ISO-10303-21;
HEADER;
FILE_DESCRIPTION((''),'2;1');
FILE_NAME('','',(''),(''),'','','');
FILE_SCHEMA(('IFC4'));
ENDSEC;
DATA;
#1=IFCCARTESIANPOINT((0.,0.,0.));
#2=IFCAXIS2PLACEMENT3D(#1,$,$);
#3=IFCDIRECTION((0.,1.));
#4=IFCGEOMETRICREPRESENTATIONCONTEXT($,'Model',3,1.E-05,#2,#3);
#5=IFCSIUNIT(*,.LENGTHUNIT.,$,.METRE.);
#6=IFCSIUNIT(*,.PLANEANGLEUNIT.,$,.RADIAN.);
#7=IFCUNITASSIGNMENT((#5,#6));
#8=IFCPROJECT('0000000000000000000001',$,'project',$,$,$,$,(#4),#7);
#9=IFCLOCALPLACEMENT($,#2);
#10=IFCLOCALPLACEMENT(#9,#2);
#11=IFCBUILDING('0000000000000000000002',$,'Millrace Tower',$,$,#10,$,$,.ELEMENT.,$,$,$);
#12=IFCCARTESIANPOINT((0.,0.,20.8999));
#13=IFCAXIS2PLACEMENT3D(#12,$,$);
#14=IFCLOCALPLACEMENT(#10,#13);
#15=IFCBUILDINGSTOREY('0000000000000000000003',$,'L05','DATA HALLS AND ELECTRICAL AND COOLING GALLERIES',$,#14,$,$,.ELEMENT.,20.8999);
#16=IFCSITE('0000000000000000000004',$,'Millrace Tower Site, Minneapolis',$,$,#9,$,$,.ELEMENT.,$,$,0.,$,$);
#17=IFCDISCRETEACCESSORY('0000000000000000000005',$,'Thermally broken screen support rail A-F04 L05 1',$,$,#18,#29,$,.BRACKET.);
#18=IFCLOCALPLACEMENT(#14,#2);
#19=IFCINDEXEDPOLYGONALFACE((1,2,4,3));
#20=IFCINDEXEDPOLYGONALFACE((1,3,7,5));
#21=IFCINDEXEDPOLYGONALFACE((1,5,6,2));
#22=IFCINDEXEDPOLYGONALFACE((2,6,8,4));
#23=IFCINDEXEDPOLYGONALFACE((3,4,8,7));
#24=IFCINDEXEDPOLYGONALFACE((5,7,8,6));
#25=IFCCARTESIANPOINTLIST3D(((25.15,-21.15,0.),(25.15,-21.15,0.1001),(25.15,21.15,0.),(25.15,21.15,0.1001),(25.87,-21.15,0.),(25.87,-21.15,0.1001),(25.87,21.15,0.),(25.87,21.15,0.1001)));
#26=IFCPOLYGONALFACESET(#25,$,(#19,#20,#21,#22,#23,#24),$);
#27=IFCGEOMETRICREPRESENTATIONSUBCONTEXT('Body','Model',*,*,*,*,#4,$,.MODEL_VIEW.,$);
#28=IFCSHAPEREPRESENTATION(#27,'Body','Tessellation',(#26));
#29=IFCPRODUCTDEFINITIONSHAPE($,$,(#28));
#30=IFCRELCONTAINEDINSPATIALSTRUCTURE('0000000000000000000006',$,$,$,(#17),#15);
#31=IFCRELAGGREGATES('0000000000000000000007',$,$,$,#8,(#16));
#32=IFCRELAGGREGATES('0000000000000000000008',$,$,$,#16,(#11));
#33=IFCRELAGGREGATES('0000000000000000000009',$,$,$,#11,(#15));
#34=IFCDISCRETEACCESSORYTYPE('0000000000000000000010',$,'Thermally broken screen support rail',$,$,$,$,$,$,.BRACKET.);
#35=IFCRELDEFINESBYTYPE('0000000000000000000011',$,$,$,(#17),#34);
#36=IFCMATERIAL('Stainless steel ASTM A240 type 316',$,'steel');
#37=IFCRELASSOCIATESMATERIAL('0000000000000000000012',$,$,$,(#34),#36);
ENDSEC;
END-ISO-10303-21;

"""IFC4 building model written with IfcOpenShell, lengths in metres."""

from ifc_helpers import new_model, si_unit, direction, frame, origin, origin_2d, place, context, subcontext, project, spatial, rectangle, extrude, material, type_object, element, save


model = new_model("IFC4")

# Units and contexts
model_context = context("Model", 3, precision=1e-05, world=origin(), true_north=direction((0.0, 1.0)))
body_context = subcontext(model_context, "Body", "Model", "MODEL_VIEW")
ifc_project = project(units=[si_unit("LENGTHUNIT", "METRE"), si_unit("PLANEANGLEUNIT", "RADIAN")], contexts=[model_context])

# Site, building, storey
site_placement = place(None, origin())
site = spatial("IfcSite", under=ifc_project, at=site_placement, Name="Millrace Tower Site, Minneapolis", CompositionType="ELEMENT", RefElevation=0.0)
building_placement = place(site_placement, origin())
building = spatial("IfcBuilding", under=site, at=building_placement, Name="Millrace Tower", CompositionType="ELEMENT")
storey_placement = place(building_placement, frame((0.0, 0.0, 20.8999)))
storey = spatial("IfcBuildingStorey", under=building, at=storey_placement, Name="L05", Description="DATA HALLS AND ELECTRICAL AND COOLING GALLERIES", CompositionType="ELEMENT", Elevation=20.8999)

# Discrete accessory
ifc_material_1 = material(Name="Stainless steel ASTM A240 type 316", Category="steel")
discrete_accessory_type = type_object("IfcDiscreteAccessoryType", Name="Thermally broken screen support rail", PredefinedType="BRACKET", material=ifc_material_1)
discrete_accessory_placement = place(storey_placement, frame((25.51, 0.0, 0.0), z_axis=(0.0, 0.0, 1.0), x_axis=(0.0, 1.0, 0.0)))
element("IfcDiscreteAccessory", 1, at=discrete_accessory_placement, inside=storey, type_object=discrete_accessory_type, Name="Thermally broken screen support rail A-F04 L05 1", PredefinedType="BRACKET", context=body_context, shape_type="SweptSolid", body=[
    extrude(rectangle(XDim=42.3, YDim=0.72, at=origin_2d()), origin(), (0.0, 0.0, 1.0), 0.1001),
])

save(model, "model.ifc")
